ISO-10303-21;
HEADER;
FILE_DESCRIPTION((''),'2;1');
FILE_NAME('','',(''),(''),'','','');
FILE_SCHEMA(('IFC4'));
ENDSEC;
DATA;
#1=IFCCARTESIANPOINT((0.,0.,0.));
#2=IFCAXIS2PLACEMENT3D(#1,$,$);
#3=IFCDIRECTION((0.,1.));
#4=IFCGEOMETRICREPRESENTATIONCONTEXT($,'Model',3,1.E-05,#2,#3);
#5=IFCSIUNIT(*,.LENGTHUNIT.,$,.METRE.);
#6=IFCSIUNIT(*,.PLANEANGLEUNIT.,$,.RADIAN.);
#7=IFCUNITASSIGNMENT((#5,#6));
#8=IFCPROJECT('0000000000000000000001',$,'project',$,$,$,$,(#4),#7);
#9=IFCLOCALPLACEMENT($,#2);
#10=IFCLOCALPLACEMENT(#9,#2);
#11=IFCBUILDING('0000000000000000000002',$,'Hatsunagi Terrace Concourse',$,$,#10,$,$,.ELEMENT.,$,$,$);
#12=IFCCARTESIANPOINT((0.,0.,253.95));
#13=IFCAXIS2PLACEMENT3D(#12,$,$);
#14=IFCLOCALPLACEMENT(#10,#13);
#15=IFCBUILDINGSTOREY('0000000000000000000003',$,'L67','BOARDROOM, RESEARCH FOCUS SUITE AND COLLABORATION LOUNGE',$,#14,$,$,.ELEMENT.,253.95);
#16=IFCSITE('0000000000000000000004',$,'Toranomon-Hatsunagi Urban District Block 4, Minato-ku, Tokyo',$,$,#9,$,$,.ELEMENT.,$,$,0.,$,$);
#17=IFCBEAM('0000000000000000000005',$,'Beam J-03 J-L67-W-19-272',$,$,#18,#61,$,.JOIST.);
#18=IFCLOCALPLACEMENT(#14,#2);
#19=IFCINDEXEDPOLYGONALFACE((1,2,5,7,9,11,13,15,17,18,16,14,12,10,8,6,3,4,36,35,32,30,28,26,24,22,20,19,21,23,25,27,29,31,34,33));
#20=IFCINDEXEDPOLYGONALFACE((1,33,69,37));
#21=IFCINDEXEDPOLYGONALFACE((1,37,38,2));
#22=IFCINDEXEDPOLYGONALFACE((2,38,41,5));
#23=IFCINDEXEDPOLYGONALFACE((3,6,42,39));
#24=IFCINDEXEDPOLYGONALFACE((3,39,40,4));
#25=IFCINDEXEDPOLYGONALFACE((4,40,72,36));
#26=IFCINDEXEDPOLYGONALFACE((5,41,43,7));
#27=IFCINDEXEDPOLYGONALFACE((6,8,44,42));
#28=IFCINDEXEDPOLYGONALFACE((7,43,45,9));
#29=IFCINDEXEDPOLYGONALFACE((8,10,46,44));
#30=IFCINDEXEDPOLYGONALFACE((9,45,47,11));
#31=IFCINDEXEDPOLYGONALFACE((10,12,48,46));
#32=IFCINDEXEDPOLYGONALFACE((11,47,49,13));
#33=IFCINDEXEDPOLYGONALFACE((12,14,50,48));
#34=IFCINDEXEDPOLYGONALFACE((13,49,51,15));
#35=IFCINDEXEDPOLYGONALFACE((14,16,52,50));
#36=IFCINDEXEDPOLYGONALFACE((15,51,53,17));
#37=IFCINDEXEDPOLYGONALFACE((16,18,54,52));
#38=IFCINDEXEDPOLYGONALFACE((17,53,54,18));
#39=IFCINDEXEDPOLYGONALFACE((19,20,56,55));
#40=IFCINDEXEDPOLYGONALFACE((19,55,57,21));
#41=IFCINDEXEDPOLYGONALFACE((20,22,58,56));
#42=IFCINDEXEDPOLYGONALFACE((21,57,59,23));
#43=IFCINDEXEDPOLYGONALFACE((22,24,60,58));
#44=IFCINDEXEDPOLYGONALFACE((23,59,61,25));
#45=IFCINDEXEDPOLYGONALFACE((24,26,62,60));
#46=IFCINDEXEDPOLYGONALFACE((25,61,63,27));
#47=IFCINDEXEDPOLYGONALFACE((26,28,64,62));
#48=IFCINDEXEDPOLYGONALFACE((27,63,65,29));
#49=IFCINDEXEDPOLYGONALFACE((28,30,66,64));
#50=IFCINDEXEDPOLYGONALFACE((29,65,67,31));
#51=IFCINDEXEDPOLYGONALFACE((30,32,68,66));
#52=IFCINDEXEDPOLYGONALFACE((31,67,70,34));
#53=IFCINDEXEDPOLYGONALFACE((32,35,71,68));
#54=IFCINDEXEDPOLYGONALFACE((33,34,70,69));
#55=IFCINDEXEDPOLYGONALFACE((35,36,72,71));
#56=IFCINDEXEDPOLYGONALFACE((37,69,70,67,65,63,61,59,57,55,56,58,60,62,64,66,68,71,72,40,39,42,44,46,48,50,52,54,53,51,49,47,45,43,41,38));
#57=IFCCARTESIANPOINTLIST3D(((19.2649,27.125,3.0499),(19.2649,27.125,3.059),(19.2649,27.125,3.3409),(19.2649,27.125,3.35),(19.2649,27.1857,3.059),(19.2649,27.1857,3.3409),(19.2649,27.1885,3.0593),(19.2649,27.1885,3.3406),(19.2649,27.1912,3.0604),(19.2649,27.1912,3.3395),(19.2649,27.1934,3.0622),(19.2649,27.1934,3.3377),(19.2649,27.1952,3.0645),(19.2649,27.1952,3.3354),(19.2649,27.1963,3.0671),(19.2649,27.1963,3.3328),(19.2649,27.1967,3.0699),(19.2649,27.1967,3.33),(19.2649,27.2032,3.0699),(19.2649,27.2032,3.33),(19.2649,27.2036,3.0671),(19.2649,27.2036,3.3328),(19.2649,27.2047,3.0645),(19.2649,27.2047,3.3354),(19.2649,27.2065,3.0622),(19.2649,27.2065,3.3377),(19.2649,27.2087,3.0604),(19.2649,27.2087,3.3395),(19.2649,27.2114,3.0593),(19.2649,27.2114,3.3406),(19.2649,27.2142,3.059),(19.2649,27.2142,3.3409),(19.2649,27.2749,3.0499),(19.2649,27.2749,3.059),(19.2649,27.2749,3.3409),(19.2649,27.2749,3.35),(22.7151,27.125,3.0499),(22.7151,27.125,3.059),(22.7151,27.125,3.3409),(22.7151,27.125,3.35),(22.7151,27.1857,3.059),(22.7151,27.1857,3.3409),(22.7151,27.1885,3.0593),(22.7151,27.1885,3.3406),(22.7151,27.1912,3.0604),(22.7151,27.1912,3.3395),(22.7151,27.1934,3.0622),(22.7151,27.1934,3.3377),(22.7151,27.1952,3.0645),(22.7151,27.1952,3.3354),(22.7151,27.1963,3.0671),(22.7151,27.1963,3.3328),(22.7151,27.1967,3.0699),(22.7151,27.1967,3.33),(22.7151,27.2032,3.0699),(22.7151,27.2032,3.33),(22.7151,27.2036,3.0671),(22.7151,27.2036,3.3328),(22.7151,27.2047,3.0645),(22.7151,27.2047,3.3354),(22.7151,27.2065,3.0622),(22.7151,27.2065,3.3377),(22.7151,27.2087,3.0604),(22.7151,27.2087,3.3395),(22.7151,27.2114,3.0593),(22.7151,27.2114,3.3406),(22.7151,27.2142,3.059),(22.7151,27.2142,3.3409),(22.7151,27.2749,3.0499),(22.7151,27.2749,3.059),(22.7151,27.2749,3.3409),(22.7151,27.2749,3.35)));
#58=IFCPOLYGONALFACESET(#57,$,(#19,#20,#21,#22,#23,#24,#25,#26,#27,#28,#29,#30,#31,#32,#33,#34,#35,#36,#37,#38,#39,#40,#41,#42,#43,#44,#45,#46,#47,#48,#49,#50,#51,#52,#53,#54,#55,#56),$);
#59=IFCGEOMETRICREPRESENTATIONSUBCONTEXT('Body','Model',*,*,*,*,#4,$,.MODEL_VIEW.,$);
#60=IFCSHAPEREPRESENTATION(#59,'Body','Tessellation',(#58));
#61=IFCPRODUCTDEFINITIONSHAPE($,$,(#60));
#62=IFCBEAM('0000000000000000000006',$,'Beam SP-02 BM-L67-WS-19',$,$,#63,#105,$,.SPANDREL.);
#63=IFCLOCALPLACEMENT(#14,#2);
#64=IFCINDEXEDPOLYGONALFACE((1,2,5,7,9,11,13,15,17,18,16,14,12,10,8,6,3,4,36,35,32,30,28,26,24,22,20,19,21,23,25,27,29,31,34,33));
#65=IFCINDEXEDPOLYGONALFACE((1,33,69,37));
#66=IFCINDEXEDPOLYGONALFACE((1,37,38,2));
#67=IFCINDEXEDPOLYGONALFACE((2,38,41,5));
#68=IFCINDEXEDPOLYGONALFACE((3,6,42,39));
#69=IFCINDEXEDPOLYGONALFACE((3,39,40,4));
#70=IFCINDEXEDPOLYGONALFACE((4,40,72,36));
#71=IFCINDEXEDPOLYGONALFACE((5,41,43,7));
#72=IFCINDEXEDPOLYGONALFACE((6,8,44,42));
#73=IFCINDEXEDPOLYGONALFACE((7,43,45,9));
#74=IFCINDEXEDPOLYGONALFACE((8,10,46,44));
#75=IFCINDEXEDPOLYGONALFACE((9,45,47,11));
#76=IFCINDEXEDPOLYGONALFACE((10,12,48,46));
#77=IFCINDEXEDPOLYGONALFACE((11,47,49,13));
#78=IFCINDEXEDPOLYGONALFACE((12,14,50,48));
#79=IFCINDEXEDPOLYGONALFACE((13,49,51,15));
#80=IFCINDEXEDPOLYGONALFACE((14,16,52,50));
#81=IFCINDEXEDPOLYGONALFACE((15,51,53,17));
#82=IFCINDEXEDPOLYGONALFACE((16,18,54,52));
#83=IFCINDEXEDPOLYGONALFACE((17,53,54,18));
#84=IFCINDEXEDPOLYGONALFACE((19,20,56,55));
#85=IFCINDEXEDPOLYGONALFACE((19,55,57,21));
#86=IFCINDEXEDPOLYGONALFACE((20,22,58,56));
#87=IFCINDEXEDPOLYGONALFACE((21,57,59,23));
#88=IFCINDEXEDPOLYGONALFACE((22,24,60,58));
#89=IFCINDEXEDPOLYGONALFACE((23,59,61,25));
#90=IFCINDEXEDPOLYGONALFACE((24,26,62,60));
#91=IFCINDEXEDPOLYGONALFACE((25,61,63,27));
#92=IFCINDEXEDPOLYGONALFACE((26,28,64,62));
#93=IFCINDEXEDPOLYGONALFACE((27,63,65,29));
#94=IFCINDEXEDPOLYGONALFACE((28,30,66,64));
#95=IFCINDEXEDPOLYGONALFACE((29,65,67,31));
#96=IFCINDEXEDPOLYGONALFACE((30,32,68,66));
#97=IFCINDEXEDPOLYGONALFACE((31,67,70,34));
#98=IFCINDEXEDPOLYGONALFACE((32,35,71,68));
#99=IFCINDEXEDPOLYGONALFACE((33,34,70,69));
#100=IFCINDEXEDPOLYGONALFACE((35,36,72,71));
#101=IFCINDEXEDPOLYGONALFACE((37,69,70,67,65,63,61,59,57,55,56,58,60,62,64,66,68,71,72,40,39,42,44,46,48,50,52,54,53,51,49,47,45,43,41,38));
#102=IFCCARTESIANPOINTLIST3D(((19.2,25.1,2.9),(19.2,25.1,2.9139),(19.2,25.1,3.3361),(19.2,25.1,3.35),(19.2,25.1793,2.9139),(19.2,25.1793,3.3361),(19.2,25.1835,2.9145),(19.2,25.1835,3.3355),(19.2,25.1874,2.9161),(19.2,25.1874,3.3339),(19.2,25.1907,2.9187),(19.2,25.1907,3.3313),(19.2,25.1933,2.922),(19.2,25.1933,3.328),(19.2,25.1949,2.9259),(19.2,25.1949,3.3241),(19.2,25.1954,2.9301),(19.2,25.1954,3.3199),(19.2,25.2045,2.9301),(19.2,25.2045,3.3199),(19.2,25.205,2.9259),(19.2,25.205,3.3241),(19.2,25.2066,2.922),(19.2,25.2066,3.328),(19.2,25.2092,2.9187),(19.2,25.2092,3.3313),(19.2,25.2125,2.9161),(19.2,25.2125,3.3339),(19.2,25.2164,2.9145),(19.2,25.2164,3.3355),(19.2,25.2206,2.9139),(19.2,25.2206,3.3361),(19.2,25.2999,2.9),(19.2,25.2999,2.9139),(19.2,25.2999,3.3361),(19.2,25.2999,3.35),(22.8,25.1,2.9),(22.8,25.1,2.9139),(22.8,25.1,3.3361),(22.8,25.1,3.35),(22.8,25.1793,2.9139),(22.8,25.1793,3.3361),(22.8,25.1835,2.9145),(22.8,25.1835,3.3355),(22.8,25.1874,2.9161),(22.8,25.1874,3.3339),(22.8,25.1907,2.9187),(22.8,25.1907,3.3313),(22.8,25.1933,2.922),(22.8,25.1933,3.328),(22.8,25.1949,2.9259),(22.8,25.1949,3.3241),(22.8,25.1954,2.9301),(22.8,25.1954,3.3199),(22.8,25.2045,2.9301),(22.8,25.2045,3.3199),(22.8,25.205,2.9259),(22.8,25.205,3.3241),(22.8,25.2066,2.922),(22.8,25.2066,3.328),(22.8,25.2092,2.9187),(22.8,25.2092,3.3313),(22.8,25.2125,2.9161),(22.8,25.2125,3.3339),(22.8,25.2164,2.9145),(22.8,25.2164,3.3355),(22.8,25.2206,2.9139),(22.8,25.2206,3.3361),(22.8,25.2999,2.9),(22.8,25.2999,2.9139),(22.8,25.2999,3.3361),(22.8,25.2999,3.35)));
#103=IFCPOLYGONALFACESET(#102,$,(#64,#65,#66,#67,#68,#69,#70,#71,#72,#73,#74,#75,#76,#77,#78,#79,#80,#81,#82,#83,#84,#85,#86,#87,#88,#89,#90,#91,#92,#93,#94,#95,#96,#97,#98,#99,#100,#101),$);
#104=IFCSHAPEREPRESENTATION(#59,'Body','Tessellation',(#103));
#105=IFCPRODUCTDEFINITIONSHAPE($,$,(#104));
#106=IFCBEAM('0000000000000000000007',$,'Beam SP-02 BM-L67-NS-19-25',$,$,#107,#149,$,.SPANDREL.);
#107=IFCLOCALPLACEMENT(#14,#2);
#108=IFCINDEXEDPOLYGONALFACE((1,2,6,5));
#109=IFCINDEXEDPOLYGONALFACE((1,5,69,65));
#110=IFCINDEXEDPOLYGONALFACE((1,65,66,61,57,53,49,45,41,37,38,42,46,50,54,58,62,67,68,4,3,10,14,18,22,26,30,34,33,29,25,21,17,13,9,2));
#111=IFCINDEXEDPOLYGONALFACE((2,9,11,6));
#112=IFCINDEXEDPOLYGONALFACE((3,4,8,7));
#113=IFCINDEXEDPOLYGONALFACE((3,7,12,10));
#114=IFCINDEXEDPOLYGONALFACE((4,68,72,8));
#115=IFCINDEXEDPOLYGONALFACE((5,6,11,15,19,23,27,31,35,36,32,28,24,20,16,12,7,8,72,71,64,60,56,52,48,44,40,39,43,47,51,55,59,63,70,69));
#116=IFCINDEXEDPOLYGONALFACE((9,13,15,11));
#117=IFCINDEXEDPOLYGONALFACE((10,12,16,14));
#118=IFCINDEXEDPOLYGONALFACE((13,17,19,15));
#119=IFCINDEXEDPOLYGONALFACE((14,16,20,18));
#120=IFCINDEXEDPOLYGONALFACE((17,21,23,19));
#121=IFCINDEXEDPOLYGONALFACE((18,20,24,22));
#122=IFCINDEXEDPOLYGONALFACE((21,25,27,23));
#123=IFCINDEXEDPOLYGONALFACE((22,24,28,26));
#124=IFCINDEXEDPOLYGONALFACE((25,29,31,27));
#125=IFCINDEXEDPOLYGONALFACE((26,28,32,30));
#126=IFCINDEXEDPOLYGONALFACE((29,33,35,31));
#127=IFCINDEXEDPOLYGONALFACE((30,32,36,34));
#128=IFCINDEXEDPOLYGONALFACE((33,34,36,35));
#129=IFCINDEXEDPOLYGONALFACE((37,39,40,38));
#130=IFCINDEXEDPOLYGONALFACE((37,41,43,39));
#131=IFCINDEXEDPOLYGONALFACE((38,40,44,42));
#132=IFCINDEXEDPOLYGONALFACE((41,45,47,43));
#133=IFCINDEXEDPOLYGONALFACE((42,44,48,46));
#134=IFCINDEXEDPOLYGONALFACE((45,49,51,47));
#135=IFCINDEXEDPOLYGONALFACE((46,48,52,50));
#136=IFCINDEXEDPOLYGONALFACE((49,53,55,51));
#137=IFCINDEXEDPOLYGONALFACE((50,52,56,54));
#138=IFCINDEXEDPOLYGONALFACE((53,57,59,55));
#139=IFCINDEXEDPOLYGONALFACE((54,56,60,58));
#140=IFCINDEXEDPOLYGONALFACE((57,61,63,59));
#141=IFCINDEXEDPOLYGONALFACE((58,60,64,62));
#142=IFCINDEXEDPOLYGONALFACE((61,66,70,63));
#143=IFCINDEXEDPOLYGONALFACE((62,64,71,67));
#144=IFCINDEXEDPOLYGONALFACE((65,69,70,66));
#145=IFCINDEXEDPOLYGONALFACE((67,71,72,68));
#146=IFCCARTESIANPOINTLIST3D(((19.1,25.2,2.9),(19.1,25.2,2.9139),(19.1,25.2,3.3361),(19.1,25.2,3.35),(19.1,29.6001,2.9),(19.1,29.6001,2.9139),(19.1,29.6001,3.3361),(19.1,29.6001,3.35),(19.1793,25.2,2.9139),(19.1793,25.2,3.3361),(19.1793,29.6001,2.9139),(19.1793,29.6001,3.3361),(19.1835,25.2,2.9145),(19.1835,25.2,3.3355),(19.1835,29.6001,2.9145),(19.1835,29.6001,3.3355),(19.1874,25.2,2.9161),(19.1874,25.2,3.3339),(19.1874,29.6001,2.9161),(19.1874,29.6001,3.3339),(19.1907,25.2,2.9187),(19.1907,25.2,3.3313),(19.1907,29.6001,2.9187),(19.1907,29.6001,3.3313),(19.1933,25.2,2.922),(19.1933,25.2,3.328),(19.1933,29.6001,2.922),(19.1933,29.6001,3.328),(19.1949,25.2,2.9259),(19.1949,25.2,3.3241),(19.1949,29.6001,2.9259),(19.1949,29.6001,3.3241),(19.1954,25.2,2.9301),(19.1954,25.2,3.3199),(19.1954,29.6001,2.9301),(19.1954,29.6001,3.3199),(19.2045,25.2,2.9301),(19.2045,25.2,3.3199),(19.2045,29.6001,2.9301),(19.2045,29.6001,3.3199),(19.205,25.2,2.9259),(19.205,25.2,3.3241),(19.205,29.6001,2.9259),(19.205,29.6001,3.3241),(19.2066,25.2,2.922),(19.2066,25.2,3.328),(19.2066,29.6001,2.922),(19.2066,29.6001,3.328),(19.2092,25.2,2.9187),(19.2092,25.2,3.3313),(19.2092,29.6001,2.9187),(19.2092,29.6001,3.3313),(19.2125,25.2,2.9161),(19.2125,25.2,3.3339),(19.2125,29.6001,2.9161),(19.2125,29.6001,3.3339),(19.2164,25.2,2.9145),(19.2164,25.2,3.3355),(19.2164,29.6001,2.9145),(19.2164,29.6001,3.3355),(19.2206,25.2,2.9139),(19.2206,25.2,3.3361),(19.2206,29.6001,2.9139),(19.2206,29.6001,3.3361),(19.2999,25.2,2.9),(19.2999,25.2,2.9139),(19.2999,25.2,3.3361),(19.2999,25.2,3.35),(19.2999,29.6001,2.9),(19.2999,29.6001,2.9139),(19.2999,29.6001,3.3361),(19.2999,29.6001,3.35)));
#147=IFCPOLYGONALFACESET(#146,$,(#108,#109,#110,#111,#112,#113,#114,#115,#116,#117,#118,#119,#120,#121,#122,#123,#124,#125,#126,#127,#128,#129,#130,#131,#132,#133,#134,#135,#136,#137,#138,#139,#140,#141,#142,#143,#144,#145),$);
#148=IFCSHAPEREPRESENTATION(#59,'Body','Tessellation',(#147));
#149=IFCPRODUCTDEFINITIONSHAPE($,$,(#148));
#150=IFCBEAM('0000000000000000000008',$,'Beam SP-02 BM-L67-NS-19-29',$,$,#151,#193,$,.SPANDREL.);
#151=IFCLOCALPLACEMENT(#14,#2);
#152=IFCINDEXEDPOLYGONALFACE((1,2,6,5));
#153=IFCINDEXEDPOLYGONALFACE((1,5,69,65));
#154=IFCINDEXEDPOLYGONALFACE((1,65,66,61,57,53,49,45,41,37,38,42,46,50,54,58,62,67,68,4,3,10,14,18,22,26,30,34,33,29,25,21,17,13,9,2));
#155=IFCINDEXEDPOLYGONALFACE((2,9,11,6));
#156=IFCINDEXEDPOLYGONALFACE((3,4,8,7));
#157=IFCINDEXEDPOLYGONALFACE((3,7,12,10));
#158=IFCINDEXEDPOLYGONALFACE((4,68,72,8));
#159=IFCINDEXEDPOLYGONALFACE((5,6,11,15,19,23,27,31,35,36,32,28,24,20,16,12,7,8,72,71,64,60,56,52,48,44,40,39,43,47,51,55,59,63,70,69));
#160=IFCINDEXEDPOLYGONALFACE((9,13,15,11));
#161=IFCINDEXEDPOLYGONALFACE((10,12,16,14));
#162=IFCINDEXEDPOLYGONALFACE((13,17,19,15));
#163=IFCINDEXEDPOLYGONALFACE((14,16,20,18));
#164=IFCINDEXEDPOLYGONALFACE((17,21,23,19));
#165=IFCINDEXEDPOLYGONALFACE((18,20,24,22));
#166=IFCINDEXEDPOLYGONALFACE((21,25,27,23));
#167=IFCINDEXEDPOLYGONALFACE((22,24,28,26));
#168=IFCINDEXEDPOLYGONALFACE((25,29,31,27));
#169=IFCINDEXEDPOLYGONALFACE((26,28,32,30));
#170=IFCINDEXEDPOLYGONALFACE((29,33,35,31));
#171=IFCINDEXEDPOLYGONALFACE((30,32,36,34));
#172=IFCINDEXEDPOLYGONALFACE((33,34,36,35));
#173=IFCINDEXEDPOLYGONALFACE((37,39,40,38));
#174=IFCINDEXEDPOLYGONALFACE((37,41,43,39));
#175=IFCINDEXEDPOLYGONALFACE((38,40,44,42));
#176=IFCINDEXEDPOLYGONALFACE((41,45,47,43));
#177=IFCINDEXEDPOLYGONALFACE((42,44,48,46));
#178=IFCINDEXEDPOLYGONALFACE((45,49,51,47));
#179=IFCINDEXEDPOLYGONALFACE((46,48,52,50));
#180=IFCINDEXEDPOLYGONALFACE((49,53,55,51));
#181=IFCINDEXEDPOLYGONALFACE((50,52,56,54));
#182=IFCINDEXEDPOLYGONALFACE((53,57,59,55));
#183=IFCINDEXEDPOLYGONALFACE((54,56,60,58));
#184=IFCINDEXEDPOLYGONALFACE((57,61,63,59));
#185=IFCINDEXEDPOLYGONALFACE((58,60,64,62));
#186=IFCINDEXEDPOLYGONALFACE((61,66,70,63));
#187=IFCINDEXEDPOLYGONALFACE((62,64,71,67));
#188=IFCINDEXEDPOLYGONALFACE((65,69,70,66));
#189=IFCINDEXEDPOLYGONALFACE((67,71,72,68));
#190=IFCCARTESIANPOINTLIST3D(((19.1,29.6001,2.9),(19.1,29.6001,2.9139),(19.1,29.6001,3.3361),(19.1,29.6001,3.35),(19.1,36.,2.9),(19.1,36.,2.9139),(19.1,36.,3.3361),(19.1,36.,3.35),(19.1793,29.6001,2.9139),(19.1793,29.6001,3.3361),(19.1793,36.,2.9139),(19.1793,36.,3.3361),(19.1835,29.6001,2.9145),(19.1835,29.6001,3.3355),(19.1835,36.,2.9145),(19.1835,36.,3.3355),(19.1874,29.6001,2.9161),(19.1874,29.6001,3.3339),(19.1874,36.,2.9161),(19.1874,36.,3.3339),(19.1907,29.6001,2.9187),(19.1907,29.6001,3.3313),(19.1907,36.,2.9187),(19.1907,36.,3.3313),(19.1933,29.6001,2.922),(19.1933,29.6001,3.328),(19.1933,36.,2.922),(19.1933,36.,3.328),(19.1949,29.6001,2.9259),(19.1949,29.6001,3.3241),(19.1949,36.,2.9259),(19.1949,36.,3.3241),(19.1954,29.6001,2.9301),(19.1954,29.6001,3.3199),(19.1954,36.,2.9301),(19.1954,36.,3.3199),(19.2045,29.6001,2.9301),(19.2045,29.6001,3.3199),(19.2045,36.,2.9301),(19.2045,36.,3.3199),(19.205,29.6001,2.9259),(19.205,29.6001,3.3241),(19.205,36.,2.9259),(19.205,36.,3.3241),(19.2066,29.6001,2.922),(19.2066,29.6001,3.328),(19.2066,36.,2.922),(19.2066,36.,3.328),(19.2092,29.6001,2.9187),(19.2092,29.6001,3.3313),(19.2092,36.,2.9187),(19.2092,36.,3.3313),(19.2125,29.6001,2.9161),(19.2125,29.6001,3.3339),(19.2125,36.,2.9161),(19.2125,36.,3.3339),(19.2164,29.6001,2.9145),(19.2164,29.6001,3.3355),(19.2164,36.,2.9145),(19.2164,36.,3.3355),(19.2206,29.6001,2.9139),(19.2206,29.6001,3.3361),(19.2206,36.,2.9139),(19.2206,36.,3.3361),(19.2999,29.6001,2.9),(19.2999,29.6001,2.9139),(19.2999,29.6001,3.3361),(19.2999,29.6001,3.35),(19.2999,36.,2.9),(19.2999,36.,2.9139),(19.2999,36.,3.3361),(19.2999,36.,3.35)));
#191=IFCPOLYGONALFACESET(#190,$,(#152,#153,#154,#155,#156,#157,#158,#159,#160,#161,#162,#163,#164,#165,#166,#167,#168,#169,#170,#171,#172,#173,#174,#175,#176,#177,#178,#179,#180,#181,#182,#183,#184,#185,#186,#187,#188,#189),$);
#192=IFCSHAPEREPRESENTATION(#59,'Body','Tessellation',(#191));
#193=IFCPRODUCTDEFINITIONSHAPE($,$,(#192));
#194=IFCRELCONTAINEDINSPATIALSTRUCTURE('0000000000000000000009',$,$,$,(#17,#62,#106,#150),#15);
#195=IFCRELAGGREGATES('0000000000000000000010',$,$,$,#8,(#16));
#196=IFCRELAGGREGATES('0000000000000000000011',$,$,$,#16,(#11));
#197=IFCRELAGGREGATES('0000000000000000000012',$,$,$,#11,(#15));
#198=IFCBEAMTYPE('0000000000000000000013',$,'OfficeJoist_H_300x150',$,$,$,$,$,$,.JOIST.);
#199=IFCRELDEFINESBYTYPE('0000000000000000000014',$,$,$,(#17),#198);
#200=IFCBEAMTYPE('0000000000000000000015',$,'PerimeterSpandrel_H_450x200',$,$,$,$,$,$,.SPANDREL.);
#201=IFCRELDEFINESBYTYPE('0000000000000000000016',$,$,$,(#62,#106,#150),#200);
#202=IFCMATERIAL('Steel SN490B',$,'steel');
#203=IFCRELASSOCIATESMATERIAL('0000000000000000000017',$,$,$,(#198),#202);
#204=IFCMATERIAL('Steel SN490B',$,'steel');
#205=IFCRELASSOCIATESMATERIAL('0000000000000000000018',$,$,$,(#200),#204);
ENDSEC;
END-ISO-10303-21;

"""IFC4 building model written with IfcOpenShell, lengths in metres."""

from ifc_helpers import new_model, si_unit, direction, frame, origin, origin_2d, place, context, subcontext, project, spatial, i_section, extrude, material, material_profile, profile_set, type_object, element, save


model = new_model("IFC4")

# Units and contexts
model_context = context("Model", 3, precision=1e-05, world=origin(), true_north=direction((0.0, 1.0)))
body_context = subcontext(model_context, "Body", "Model", "MODEL_VIEW")
ifc_project = project(units=[si_unit("LENGTHUNIT", "METRE"), si_unit("PLANEANGLEUNIT", "RADIAN")], contexts=[model_context])

# Site, building, storey
site_placement = place(None, origin())
site = spatial("IfcSite", under=ifc_project, at=site_placement, Name="Toranomon-Hatsunagi Urban District Block 4, Minato-ku, Tokyo", CompositionType="ELEMENT", RefElevation=0.0)
building_placement = place(site_placement, origin())
building = spatial("IfcBuilding", under=site, at=building_placement, Name="Hatsunagi Terrace Concourse", CompositionType="ELEMENT")
storey_placement = place(building_placement, frame((0.0, 0.0, 253.95)))
storey = spatial("IfcBuildingStorey", under=building, at=storey_placement, Name="L67", Description="BOARDROOM, RESEARCH FOCUS SUITE AND COLLABORATION LOUNGE", CompositionType="ELEMENT", Elevation=253.95)

# Beams
ifc_material_1 = material(Name="Steel SN490B", Category="steel")
ifc_material_profile_1 = material_profile(ifc_material_1, i_section(OverallWidth=0.1499, OverallDepth=0.3, WebThickness=0.0066, FlangeThickness=0.009, FilletRadius=0.011, at=origin_2d()), Name="H-300x150x6.5x9")
ifc_profile_set_1 = profile_set([ifc_material_profile_1], Name="Steel SN490B")
beam_type_1 = type_object("IfcBeamType", Name="OfficeJoist_H_300x150", PredefinedType="JOIST", material=ifc_profile_set_1)
beam_1_placement = place(storey_placement, frame((19.2649, 27.2, 3.2), z_axis=(1.0, 0.0, 0.0), x_axis=(0.0, 1.0, 0.0)))
element("IfcBeam", 1, at=beam_1_placement, inside=storey, type_object=beam_type_1, Name="Beam J-03 J-L67-W-19-272", PredefinedType="JOIST", context=body_context, shape_type="SweptSolid", body=[
    extrude(i_section(OverallWidth=0.1499, OverallDepth=0.3, WebThickness=0.0066, FlangeThickness=0.009, FilletRadius=0.011, at=origin_2d()), origin(), (0.0, 0.0, 1.0), 3.4502),
])
ifc_material_2 = material(Name="Steel SN490B", Category="steel")
ifc_material_profile_2 = material_profile(ifc_material_2, i_section(OverallWidth=0.2, OverallDepth=0.45, WebThickness=0.009, FlangeThickness=0.0139, FilletRadius=0.0161, at=origin_2d()), Name="H-450x200x9x14")
ifc_profile_set_2 = profile_set([ifc_material_profile_2], Name="Steel SN490B")
beam_type_2 = type_object("IfcBeamType", Name="PerimeterSpandrel_H_450x200", PredefinedType="SPANDREL", material=ifc_profile_set_2)
beam_2_placement = place(storey_placement, frame((19.2, 25.2, 3.125), z_axis=(1.0, 0.0, 0.0), x_axis=(0.0, 1.0, 0.0)))
element("IfcBeam", 2, at=beam_2_placement, inside=storey, type_object=beam_type_2, Name="Beam SP-02 BM-L67-WS-19", PredefinedType="SPANDREL", context=body_context, shape_type="SweptSolid", body=[
    extrude(i_section(OverallWidth=0.2, OverallDepth=0.45, WebThickness=0.009, FlangeThickness=0.0139, FilletRadius=0.0161, at=origin_2d()), origin(), (0.0, 0.0, 1.0), 3.6001),
])
beam_3_placement = place(storey_placement, frame((19.2, 25.2, 3.125), z_axis=(0.0, 1.0, 0.0), x_axis=(-1.0, 0.0, 0.0)))
element("IfcBeam", 3, at=beam_3_placement, inside=storey, type_object=beam_type_2, Name="Beam SP-02 BM-L67-NS-19-25", PredefinedType="SPANDREL", context=body_context, shape_type="SweptSolid", body=[
    extrude(i_section(OverallWidth=0.2, OverallDepth=0.45, WebThickness=0.009, FlangeThickness=0.0139, FilletRadius=0.0161, at=origin_2d()), origin(), (0.0, 0.0, 1.0), 4.4001),
])
beam_4_placement = place(storey_placement, frame((19.2, 29.6001, 3.125), z_axis=(0.0, 1.0, 0.0), x_axis=(-1.0, 0.0, 0.0)))
element("IfcBeam", 4, at=beam_4_placement, inside=storey, type_object=beam_type_2, Name="Beam SP-02 BM-L67-NS-19-29", PredefinedType="SPANDREL", context=body_context, shape_type="SweptSolid", body=[
    extrude(i_section(OverallWidth=0.2, OverallDepth=0.45, WebThickness=0.009, FlangeThickness=0.0139, FilletRadius=0.0161, at=origin_2d()), origin(), (0.0, 0.0, 1.0), 6.3999),
])

save(model, "model.ifc")
